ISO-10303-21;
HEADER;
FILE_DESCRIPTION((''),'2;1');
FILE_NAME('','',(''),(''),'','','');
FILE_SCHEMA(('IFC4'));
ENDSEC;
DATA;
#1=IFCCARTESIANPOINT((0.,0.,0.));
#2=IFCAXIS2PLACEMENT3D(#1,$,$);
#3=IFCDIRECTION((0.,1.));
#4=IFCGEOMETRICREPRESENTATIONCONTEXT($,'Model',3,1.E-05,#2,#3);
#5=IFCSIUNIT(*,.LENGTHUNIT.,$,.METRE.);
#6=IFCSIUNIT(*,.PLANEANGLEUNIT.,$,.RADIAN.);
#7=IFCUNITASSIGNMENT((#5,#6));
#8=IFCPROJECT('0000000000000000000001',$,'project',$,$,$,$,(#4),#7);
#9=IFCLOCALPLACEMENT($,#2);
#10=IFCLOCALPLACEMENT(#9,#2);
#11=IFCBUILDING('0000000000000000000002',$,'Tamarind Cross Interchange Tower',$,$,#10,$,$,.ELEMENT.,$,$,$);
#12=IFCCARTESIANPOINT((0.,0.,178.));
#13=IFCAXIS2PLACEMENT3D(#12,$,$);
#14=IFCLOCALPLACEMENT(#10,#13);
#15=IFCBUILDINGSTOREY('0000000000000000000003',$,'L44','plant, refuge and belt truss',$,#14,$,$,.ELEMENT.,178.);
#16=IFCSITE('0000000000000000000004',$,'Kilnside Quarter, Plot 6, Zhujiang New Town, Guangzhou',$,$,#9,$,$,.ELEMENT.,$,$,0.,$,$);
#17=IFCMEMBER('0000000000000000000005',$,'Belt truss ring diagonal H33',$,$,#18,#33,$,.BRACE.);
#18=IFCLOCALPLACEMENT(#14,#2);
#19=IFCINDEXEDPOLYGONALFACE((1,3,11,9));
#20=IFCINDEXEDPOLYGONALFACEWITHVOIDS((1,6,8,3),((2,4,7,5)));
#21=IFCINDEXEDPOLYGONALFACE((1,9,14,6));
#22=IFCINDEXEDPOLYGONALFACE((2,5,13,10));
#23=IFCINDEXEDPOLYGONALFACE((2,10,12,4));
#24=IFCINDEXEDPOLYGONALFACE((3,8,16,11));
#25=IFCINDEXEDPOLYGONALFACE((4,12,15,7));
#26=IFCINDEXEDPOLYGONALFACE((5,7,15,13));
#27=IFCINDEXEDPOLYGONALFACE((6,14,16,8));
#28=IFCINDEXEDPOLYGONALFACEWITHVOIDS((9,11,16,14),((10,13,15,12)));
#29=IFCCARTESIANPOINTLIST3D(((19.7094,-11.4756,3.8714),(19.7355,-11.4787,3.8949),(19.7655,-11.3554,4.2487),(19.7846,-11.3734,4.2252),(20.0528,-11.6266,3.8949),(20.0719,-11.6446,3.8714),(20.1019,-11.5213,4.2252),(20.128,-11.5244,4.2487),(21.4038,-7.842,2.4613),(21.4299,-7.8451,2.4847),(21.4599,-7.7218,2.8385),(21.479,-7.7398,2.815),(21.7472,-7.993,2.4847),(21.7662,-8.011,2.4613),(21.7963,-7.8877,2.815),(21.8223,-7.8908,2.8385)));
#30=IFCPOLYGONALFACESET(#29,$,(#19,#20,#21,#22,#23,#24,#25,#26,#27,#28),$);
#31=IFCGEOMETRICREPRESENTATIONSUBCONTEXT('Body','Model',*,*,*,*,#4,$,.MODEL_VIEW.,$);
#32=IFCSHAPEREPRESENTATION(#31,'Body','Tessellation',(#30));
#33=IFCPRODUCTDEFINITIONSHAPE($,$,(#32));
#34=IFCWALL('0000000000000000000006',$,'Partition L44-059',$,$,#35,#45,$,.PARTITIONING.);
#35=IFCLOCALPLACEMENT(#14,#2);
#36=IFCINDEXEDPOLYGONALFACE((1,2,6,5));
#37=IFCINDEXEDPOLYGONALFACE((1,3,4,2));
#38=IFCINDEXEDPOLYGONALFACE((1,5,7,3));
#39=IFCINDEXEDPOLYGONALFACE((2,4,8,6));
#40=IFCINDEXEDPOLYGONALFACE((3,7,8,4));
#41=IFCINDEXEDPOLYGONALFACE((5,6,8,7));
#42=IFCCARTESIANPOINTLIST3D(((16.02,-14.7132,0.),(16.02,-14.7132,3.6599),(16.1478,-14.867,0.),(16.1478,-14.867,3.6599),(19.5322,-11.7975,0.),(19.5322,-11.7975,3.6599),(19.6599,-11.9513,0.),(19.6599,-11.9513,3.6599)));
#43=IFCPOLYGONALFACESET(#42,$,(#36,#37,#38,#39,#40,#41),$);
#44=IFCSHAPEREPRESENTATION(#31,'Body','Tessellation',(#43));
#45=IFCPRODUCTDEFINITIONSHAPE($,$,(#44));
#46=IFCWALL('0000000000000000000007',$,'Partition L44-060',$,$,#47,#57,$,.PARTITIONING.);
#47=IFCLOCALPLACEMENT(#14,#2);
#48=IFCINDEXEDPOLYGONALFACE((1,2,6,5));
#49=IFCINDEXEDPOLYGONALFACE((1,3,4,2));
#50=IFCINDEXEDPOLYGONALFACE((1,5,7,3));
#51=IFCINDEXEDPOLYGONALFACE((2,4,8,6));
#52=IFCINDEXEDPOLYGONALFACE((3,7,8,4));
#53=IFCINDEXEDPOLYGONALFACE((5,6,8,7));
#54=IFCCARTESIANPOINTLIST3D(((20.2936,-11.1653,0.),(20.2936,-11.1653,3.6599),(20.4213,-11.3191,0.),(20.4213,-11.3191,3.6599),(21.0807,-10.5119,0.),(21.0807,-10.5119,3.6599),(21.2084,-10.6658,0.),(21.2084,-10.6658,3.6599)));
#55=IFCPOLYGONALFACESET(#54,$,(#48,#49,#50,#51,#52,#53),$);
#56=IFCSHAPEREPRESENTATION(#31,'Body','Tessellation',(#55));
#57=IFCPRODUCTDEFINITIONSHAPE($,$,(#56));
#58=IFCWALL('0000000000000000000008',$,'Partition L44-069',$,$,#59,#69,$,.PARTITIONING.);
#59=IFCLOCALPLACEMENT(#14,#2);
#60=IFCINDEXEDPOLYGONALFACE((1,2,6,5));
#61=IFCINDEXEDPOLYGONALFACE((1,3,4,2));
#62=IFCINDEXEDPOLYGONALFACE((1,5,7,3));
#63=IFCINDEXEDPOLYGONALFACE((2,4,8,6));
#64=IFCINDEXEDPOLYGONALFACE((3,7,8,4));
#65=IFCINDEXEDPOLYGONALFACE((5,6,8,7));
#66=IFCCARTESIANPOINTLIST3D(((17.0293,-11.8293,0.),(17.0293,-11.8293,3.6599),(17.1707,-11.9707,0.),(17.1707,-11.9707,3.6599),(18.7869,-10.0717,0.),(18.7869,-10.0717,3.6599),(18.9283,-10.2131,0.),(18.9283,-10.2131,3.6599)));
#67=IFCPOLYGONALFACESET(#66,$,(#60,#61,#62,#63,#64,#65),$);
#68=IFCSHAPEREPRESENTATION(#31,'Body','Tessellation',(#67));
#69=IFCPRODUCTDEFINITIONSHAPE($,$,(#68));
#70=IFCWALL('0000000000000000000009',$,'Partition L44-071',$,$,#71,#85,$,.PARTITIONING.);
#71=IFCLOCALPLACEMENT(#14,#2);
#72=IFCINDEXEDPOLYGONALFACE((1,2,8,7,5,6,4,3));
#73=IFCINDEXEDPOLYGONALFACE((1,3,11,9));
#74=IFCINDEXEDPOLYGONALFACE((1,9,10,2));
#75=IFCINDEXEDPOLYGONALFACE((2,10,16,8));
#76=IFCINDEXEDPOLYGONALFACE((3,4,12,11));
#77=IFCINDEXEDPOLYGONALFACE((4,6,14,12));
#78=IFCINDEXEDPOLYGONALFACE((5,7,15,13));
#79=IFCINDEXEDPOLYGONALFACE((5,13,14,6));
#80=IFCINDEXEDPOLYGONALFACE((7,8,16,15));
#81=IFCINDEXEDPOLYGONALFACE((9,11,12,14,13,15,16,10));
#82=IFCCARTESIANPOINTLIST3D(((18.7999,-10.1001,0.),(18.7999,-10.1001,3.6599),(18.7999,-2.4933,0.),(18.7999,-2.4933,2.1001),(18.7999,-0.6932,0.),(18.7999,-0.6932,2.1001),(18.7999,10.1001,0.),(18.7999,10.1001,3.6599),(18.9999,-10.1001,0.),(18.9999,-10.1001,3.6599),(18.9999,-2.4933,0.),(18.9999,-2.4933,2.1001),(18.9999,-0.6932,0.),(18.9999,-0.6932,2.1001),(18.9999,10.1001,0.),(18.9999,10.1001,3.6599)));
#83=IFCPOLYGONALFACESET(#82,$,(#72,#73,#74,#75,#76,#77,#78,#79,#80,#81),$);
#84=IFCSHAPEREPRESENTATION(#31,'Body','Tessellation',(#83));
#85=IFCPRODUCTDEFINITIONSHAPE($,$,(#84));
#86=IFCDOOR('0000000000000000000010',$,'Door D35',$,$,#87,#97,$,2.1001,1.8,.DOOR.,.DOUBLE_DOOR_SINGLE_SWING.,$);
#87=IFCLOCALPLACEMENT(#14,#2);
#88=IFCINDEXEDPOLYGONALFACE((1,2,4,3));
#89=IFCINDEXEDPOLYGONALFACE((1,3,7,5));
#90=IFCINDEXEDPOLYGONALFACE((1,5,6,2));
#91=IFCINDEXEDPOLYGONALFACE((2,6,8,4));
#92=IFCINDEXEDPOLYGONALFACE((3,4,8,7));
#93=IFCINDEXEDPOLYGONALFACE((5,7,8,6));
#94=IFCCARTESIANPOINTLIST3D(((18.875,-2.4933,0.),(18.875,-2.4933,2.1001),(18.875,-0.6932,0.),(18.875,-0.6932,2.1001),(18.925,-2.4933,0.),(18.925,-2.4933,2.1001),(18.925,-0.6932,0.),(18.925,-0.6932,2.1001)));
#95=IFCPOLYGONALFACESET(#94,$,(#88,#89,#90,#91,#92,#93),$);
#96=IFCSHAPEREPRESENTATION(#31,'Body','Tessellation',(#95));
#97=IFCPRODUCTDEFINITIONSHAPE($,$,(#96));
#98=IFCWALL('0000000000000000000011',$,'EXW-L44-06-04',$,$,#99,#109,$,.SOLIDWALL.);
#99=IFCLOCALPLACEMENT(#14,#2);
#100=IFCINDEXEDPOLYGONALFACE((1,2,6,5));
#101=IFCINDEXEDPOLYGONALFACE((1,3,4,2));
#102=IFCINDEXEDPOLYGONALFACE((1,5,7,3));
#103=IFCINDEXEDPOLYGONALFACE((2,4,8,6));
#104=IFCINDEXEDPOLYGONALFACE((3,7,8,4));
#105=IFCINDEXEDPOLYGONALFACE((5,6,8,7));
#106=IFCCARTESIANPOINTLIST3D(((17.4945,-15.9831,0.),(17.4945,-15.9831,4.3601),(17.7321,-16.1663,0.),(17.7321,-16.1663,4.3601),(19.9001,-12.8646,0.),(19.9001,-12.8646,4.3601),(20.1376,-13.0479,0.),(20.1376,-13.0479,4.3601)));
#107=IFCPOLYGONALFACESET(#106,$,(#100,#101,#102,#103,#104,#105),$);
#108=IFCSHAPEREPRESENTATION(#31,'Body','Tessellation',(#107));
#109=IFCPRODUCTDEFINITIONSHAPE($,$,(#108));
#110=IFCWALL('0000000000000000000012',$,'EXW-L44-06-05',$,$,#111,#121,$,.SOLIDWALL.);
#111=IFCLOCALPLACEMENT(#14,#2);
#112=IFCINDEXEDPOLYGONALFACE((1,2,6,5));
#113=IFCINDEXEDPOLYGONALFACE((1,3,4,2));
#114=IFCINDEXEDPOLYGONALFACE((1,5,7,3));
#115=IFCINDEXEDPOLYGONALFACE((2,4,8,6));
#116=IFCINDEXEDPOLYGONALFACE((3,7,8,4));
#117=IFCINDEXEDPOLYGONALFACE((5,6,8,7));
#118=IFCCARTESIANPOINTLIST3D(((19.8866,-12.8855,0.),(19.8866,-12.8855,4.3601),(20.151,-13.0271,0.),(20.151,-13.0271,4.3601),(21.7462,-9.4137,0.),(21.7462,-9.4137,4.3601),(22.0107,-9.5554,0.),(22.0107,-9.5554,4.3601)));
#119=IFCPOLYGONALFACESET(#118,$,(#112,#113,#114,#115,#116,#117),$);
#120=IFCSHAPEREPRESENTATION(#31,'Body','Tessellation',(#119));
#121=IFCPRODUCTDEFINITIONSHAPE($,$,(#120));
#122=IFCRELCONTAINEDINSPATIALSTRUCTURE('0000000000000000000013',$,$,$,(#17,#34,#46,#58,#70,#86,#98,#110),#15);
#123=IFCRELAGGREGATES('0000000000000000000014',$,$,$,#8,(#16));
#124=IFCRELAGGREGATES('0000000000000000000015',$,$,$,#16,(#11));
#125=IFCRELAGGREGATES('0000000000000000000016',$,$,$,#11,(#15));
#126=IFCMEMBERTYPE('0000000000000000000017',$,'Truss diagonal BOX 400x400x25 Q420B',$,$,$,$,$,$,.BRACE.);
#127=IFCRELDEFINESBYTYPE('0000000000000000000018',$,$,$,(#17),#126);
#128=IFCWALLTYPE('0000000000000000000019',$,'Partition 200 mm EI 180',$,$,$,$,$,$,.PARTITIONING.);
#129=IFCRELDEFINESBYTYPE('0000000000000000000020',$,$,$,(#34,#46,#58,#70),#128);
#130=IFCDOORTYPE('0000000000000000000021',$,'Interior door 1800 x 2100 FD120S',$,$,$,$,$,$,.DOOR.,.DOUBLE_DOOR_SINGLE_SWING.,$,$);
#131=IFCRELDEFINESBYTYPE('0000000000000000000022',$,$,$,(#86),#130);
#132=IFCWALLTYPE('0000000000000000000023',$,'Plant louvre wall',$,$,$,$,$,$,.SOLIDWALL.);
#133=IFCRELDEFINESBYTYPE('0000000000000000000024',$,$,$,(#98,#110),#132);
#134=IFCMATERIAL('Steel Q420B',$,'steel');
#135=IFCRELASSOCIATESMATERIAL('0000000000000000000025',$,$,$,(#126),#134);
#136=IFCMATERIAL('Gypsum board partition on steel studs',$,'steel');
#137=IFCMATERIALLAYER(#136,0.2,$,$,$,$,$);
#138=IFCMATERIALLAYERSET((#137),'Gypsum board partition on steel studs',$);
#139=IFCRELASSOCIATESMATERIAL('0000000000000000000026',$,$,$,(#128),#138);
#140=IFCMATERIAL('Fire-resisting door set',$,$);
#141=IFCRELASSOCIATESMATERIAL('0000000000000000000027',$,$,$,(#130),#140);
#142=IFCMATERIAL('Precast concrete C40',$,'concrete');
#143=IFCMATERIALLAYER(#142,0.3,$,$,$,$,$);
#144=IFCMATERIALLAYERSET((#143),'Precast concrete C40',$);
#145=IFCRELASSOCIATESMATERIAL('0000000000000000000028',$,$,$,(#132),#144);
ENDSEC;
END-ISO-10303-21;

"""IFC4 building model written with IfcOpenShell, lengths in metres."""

from ifc_helpers import new_model, si_unit, direction, frame, frame_2d, origin, origin_2d, place, context, subcontext, project, spatial, rectangle, hollow_rectangle, extrude, material, layer, layer_set, material_profile, profile_set, type_object, element, fill, save


model = new_model("IFC4")

# Units and contexts
model_context = context("Model", 3, precision=1e-05, world=origin(), true_north=direction((0.0, 1.0)))
body_context = subcontext(model_context, "Body", "Model", "MODEL_VIEW")
ifc_project = project(units=[si_unit("LENGTHUNIT", "METRE"), si_unit("PLANEANGLEUNIT", "RADIAN")], contexts=[model_context])

# Site, building, storey
site_placement = place(None, origin())
site = spatial("IfcSite", under=ifc_project, at=site_placement, Name="Kilnside Quarter, Plot 6, Zhujiang New Town, Guangzhou", CompositionType="ELEMENT", RefElevation=0.0)
building_placement = place(site_placement, origin())
building = spatial("IfcBuilding", under=site, at=building_placement, Name="Tamarind Cross Interchange Tower", CompositionType="ELEMENT")
storey_placement = place(building_placement, frame((0.0, 0.0, 178.0)))
storey = spatial("IfcBuildingStorey", under=building, at=storey_placement, Name="L44", Description="plant, refuge and belt truss", CompositionType="ELEMENT", Elevation=178.0)

# Member
ifc_material_1 = material(Name="Steel Q420B", Category="steel")
ifc_material_profile_1 = material_profile(ifc_material_1, hollow_rectangle(XDim=0.3999, YDim=0.3999, WallThickness=0.0249, at=origin_2d()), Name="BOX 400x400x25")
ifc_profile_set_1 = profile_set([ifc_material_profile_1], Name="Steel Q420B")
member_type_1 = type_object("IfcMemberType", Name="Truss diagonal BOX 400x400x25 Q420B", PredefinedType="BRACE", material=ifc_profile_set_1)
for number, where, z_axis, x_axis, name in (
    (1, (19.9187, -11.5, 4.0601), (0.398673, 0.854964, -0.331806), (-0.906309, 0.422615, 0.0), "Belt truss ring diagonal H33"),
):
    element("IfcMember", number, at=place(storey_placement, frame(where, z_axis=z_axis, x_axis=x_axis)), inside=storey, type_object=member_type_1, Name=name, PredefinedType="BRACE", context=body_context, shape_type="SweptSolid", body=[
        extrude(hollow_rectangle(XDim=0.3999, YDim=0.3999, WallThickness=0.0249, at=origin_2d()), origin(), (0.0, 0.0, 1.0), 4.25),
    ])

# Walls
ifc_material_2 = material(Name="Gypsum board partition on steel studs", Category="steel")
ifc_layer_1 = layer(ifc_material_2, 0.2)
ifc_layer_set_1 = layer_set([ifc_layer_1], Name="Gypsum board partition on steel studs")
wall_type_1 = type_object("IfcWallType", Name="Partition 200 mm EI 180", PredefinedType="PARTITIONING", material=ifc_layer_set_1)
wall_1_placement = place(storey_placement, frame((16.084, -14.79, 0.0), z_axis=(0.0, 0.0, 1.0), x_axis=(0.769412, 0.638752, 0.0)))
element("IfcWall", 2, at=wall_1_placement, inside=storey, type_object=wall_type_1, Name="Partition L44-059", PredefinedType="PARTITIONING", context=body_context, shape_type="SweptSolid", body=[
    extrude(rectangle(XDim=4.5647, YDim=0.2, at=frame_2d((2.2822, 0.0))), origin(), (0.0, 0.0, 1.0), 3.6599),
])
wall_2_placement = place(storey_placement, frame((20.3574, -11.2422, 0.0), z_axis=(0.0, 0.0, 1.0), x_axis=(0.769472, 0.638681, 0.0)))
element("IfcWall", 3, at=wall_2_placement, inside=storey, type_object=wall_type_1, Name="Partition L44-060", PredefinedType="PARTITIONING", context=body_context, shape_type="SweptSolid", body=[
    extrude(rectangle(XDim=1.0229, YDim=0.2, at=frame_2d((0.5115, 0.0))), origin(), (0.0, 0.0, 1.0), 3.6599),
])
wall_3_placement = place(storey_placement, frame((17.1001, -11.8999, 0.0), z_axis=(0.0, 0.0, 1.0), x_axis=(0.707107, 0.707107, 0.0)))
element("IfcWall", 4, at=wall_3_placement, inside=storey, type_object=wall_type_1, Name="Partition L44-069", PredefinedType="PARTITIONING", context=body_context, shape_type="SweptSolid", body=[
    extrude(rectangle(XDim=2.4856, YDim=0.2, at=frame_2d((1.2427, 0.0))), origin(), (0.0, 0.0, 1.0), 3.6599),
])

# Wall, opening, door
wall_4_placement = place(storey_placement, frame((18.8999, -10.1001, 0.0), z_axis=(0.0, 0.0, 1.0), x_axis=(0.0, 1.0, 0.0)))
wall_4 = element("IfcWall", 5, at=wall_4_placement, inside=storey, type_object=wall_type_1, Name="Partition L44-071", PredefinedType="PARTITIONING", context=body_context, shape_type="SweptSolid", body=[
    extrude(rectangle(XDim=20.2002, YDim=0.2, at=frame_2d((10.1001, 0.0))), origin(), (0.0, 0.0, 1.0), 3.6599),
])
opening_placement = place(wall_4_placement, frame((7.6069, 0.0, 0.0)))
opening = element("IfcOpeningElement", 6, at=opening_placement, cuts=wall_4, PredefinedType="OPENING", context=body_context, shape_type="SweptSolid", body=[
    extrude(rectangle(XDim=1.8, YDim=2.1001, at=frame_2d((0.8999, 1.05))), frame((0.0, 0.1099, 0.0), z_axis=(0.0, -1.0, 0.0), x_axis=(1.0, 0.0, 0.0)), (0.0, 0.0, 1.0), 0.22),
])
ifc_material_3 = material(Name="Fire-resisting door set")
door_type = type_object("IfcDoorType", Name="Interior door 1800 x 2100 FD120S", OperationType="DOUBLE_DOOR_SINGLE_SWING", PredefinedType="DOOR", material=ifc_material_3)
door_placement = place(opening_placement, origin())
door = element("IfcDoor", 7, at=door_placement, inside=storey, type_object=door_type, Name="Door D35", OperationType="DOUBLE_DOOR_SINGLE_SWING", OverallHeight=2.1001, OverallWidth=1.8, PredefinedType="DOOR", context=body_context, shape_type="SweptSolid", body=[
    extrude(rectangle(XDim=1.8, YDim=2.1001, at=frame_2d((0.8999, 1.05))), frame((0.0, 0.0249, 0.0), z_axis=(0.0, -1.0, 0.0), x_axis=(1.0, 0.0, 0.0)), (0.0, 0.0, 1.0), 0.05),
])
fill(opening, door)

# Walls
ifc_material_4 = material(Name="Precast concrete C40", Category="concrete")
ifc_layer_2 = layer(ifc_material_4, 0.3)
ifc_layer_set_2 = layer_set([ifc_layer_2], Name="Precast concrete C40")
wall_type_2 = type_object("IfcWallType", Name="Plant louvre wall", PredefinedType="SOLIDWALL", material=ifc_layer_set_2)
for number, where, z_axis, x_axis, name in (
    (8, (17.6133, -16.0747, 0.0), (0.0, 0.0, 1.0), (0.610786, 0.791796, 0.0), "EXW-L44-06-04"),
    (9, (20.0188, -12.9563, 0.0), (0.0, 0.0, 1.0), (0.47218, 0.881502, 0.0), "EXW-L44-06-05"),
):
    element("IfcWall", number, at=place(storey_placement, frame(where, z_axis=z_axis, x_axis=x_axis)), inside=storey, type_object=wall_type_2, Name=name, PredefinedType="SOLIDWALL", context=body_context, shape_type="SweptSolid", body=[
        extrude(rectangle(XDim=3.9385, YDim=0.3, at=frame_2d((1.9692, 0.0))), origin(), (0.0, 0.0, 1.0), 4.3601),
    ])

save(model, "model.ifc")
